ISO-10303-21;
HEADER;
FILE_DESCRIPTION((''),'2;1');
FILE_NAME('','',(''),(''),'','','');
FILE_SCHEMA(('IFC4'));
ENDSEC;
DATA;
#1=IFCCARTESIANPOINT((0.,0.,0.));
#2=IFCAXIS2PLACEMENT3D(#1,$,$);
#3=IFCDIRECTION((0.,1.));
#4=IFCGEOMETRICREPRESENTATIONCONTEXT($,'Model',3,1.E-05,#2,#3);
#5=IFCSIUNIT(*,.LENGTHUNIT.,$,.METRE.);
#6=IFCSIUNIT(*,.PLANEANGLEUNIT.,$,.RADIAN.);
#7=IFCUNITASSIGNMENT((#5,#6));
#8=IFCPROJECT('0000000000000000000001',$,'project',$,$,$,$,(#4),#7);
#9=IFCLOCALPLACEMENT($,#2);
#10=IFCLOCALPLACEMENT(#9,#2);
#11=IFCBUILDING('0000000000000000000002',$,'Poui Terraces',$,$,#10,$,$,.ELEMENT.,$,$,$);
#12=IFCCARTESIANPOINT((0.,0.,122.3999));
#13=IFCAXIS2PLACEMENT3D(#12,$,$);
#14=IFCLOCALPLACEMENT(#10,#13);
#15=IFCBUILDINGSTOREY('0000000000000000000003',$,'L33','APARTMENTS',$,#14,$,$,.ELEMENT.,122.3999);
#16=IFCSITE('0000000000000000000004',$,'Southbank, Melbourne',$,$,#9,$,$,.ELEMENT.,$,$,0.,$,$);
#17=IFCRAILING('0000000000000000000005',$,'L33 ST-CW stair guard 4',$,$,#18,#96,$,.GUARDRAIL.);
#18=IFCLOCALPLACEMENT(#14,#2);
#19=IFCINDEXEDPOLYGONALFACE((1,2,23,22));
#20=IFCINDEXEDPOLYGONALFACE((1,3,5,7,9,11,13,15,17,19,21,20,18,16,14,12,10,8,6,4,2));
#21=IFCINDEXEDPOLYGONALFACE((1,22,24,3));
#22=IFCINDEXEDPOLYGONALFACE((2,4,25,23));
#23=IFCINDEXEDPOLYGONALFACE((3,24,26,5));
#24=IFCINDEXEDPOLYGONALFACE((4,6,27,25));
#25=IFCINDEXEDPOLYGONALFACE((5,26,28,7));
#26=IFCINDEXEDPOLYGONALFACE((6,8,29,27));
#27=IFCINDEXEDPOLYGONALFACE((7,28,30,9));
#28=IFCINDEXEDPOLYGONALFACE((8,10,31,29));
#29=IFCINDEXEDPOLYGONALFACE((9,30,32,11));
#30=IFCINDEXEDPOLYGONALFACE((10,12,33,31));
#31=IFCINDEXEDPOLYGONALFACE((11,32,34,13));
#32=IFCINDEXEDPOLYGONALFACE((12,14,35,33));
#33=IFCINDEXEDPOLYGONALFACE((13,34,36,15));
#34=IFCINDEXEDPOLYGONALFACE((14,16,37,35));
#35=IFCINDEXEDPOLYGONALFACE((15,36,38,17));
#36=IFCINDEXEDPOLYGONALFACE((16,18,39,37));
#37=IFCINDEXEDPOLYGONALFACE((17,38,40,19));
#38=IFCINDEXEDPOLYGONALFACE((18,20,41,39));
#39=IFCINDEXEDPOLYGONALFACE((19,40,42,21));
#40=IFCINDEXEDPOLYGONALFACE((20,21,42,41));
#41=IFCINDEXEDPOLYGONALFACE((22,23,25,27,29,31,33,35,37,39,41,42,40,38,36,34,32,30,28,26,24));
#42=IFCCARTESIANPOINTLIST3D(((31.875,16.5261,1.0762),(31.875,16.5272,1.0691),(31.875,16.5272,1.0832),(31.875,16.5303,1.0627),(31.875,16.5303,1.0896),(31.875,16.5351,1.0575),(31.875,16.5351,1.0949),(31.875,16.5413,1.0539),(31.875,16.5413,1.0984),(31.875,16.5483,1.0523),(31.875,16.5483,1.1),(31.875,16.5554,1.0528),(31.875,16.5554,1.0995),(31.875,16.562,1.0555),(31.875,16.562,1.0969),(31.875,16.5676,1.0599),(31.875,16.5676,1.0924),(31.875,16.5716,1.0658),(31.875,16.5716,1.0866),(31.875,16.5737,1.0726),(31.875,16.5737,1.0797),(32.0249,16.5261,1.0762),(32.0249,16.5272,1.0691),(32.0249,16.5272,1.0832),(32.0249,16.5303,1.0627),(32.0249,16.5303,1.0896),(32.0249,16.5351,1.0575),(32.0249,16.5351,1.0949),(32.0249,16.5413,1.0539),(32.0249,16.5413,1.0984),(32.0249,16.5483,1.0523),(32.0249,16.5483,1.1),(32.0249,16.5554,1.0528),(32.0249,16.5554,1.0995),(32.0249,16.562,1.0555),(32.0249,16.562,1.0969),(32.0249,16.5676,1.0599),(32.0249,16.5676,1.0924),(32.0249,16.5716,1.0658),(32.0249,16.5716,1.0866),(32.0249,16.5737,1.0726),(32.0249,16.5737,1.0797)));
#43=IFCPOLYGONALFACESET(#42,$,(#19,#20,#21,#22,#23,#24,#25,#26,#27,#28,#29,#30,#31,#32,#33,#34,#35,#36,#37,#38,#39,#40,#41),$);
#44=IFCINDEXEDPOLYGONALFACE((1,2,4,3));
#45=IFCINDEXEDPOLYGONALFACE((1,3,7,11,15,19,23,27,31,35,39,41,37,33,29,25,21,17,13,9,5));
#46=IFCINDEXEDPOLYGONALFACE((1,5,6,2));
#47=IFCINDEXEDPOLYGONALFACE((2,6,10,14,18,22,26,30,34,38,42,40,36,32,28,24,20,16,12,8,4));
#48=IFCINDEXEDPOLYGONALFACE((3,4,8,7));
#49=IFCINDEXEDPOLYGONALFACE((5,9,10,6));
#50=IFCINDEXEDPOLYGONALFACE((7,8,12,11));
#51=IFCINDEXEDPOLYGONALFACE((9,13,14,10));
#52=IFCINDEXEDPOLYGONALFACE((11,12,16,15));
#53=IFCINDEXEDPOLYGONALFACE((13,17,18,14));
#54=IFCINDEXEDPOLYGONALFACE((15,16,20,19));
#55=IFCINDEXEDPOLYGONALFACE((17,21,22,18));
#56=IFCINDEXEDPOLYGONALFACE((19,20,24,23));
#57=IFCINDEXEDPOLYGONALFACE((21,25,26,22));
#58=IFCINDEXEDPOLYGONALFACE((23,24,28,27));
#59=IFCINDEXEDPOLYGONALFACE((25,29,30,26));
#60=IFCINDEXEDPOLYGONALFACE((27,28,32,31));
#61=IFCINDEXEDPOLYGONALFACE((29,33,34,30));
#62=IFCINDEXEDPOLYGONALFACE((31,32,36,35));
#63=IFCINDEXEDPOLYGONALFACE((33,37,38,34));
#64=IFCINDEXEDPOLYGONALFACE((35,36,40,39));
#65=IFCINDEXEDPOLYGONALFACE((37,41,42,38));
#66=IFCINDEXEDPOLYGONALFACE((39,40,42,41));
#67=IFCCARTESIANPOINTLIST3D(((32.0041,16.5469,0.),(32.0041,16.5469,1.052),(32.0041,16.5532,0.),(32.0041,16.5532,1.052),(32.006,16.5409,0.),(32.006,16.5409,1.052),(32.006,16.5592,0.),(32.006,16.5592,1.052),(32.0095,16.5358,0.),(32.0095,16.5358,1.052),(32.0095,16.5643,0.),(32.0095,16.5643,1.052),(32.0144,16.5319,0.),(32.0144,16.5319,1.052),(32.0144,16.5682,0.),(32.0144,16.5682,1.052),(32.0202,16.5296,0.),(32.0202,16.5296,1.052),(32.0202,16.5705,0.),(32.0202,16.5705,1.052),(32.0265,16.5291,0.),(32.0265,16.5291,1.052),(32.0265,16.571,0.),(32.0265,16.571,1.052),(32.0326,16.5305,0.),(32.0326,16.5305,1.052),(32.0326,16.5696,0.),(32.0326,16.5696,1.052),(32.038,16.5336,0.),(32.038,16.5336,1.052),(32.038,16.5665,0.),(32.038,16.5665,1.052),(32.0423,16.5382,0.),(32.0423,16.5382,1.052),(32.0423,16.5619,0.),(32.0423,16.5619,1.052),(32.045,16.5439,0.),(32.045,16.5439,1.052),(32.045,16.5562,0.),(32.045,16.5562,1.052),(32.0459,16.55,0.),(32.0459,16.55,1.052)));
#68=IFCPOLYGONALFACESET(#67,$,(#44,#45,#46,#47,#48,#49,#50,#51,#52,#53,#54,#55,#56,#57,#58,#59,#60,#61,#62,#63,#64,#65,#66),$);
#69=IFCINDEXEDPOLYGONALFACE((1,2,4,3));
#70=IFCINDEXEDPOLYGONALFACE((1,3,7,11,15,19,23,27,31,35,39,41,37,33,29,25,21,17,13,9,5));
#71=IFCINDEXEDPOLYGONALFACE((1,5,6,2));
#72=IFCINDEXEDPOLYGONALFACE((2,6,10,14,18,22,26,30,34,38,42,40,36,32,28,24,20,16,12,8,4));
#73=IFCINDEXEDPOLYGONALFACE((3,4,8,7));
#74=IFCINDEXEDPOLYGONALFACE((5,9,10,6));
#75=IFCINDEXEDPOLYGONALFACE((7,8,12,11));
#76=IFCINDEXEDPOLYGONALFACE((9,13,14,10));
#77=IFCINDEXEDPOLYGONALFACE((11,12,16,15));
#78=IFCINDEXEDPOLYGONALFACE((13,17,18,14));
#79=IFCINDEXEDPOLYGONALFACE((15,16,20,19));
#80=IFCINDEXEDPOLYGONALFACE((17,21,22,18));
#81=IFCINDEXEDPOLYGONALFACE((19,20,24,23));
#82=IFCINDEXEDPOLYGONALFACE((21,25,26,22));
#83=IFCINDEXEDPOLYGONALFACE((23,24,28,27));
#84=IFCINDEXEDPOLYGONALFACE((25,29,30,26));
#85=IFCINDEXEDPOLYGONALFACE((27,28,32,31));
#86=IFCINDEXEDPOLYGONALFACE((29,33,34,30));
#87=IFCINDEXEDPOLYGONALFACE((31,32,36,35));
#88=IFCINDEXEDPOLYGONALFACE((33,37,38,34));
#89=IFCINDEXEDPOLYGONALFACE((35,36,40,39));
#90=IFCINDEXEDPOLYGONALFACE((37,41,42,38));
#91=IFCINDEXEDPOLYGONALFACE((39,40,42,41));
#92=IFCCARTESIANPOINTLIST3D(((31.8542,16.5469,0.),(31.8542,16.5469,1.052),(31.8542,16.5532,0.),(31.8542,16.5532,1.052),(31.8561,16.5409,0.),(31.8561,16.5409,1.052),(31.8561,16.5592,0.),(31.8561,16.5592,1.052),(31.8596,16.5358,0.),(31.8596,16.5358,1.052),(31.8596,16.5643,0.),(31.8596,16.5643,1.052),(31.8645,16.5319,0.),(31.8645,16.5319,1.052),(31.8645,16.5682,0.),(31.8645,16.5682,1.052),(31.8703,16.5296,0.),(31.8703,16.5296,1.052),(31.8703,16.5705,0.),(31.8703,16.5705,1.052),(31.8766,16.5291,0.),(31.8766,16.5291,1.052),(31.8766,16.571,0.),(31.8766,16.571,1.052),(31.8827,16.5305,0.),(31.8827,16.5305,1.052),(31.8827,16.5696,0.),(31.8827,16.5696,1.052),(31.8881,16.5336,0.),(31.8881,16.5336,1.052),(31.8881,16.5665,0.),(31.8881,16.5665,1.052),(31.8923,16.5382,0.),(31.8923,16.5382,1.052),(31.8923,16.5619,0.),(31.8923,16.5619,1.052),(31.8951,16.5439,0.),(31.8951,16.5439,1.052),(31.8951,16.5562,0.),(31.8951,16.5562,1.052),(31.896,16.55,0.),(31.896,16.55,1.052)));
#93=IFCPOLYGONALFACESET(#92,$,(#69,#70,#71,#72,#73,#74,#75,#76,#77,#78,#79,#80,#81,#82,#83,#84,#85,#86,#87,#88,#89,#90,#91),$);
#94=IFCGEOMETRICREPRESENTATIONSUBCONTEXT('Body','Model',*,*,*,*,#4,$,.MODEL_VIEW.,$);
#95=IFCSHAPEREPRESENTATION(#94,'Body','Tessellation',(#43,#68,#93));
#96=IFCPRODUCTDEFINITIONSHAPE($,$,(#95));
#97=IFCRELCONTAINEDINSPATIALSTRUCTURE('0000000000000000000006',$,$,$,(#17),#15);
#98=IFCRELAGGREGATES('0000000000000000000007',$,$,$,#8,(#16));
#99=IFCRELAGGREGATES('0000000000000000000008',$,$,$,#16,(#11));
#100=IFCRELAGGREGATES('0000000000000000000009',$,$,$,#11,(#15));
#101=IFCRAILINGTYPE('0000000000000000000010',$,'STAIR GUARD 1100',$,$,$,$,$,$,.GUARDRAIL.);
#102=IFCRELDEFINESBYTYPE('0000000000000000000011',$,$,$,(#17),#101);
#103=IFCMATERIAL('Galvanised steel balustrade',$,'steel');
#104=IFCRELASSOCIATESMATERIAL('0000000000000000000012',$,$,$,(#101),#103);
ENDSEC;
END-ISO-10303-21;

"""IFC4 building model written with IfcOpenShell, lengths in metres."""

from ifc_helpers import new_model, si_unit, direction, frame, origin, origin_2d, place, context, subcontext, project, spatial, circle, extrude, material, type_object, element, save


model = new_model("IFC4")

# Units and contexts
model_context = context("Model", 3, precision=1e-05, world=origin(), true_north=direction((0.0, 1.0)))
body_context = subcontext(model_context, "Body", "Model", "MODEL_VIEW")
ifc_project = project(units=[si_unit("LENGTHUNIT", "METRE"), si_unit("PLANEANGLEUNIT", "RADIAN")], contexts=[model_context])

# Site, building, storey
site_placement = place(None, origin())
site = spatial("IfcSite", under=ifc_project, at=site_placement, Name="Southbank, Melbourne", CompositionType="ELEMENT", RefElevation=0.0)
building_placement = place(site_placement, origin())
building = spatial("IfcBuilding", under=site, at=building_placement, Name="Poui Terraces", CompositionType="ELEMENT")
storey_placement = place(building_placement, frame((0.0, 0.0, 122.3999)))
storey = spatial("IfcBuildingStorey", under=building, at=storey_placement, Name="L33", Description="APARTMENTS", CompositionType="ELEMENT", Elevation=122.3999)

# Railing
ifc_material_1 = material(Name="Galvanised steel balustrade", Category="steel")
railing_type_1 = type_object("IfcRailingType", Name="STAIR GUARD 1100", PredefinedType="GUARDRAIL", material=ifc_material_1)
railing_1_placement = place(storey_placement, frame((32.0249, 16.55, 0.0)))
element("IfcRailing", 1, at=railing_1_placement, inside=storey, type_object=railing_type_1, Name="L33 ST-CW stair guard 4", PredefinedType="GUARDRAIL", context=body_context, shape_type="SweptSolid", body=[
    extrude(circle(Radius=0.0239, at=origin_2d()), frame((0.0, 0.0, 1.0762), z_axis=(-1.0, 0.0, 0.0), x_axis=(0.0, -1.0, 0.0)), (0.0, 0.0, 1.0), 0.1499),
    extrude(circle(Radius=0.021, at=origin_2d()), origin(), (0.0, 0.0, 1.0), 1.052),
    extrude(circle(Radius=0.021, at=origin_2d()), frame((-0.1499, 0.0, 0.0)), (0.0, 0.0, 1.0), 1.052),
])

save(model, "model.ifc")
